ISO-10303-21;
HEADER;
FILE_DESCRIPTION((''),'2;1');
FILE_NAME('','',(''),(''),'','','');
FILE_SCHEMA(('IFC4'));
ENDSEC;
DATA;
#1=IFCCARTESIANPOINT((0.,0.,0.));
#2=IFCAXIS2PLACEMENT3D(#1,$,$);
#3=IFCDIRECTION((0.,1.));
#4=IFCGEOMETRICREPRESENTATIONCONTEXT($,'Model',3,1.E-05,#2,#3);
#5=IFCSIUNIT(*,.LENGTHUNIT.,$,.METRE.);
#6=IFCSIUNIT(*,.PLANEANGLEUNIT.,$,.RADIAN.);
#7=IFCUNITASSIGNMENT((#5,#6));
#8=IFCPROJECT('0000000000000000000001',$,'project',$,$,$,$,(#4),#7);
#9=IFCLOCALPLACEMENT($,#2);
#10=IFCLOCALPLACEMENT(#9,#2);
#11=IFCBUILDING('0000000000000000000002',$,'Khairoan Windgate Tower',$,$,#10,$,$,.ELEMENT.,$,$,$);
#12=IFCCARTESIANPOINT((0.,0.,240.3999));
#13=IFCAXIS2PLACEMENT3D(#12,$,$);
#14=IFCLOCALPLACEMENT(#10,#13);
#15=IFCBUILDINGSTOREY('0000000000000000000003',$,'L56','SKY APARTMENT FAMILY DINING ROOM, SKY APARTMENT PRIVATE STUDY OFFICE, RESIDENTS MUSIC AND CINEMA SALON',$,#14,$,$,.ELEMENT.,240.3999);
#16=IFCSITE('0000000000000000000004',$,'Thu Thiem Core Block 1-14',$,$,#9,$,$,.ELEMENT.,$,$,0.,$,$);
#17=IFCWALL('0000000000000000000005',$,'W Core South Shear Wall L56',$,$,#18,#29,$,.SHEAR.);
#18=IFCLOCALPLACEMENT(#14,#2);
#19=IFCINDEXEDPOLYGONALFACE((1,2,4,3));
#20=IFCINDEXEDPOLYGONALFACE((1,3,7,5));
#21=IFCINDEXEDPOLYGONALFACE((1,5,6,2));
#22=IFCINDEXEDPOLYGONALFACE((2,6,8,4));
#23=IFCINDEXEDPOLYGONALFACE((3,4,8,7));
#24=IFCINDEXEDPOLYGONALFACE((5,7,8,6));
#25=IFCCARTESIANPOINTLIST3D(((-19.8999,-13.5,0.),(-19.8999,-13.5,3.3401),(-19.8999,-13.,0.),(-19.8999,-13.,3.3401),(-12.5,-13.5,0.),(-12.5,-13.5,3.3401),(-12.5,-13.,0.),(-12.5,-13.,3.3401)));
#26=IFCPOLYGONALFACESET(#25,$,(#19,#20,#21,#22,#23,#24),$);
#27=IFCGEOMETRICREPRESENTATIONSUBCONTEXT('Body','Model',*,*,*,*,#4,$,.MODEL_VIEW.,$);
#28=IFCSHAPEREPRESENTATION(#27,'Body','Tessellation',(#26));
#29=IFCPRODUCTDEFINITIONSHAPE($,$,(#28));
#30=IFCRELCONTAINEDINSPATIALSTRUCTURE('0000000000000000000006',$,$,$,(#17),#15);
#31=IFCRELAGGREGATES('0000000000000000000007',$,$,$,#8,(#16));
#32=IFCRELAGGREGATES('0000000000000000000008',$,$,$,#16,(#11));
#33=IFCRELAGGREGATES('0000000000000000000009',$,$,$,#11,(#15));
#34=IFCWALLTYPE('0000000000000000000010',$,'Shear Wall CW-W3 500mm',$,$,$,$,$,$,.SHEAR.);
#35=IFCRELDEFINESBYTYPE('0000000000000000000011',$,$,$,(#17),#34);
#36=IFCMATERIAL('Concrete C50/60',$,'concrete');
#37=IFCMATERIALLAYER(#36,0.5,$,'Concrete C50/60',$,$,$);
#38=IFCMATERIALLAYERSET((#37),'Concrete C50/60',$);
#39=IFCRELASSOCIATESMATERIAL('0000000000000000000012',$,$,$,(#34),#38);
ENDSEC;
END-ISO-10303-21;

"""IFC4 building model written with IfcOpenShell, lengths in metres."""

from ifc_helpers import new_model, si_unit, direction, frame, frame_2d, origin, place, context, subcontext, project, spatial, rectangle, extrude, material, layer, layer_set, type_object, element, save


model = new_model("IFC4")

# Units and contexts
model_context = context("Model", 3, precision=1e-05, world=origin(), true_north=direction((0.0, 1.0)))
body_context = subcontext(model_context, "Body", "Model", "MODEL_VIEW")
ifc_project = project(units=[si_unit("LENGTHUNIT", "METRE"), si_unit("PLANEANGLEUNIT", "RADIAN")], contexts=[model_context])

# Site, building, storey
site_placement = place(None, origin())
site = spatial("IfcSite", under=ifc_project, at=site_placement, Name="Thu Thiem Core Block 1-14", CompositionType="ELEMENT", RefElevation=0.0)
building_placement = place(site_placement, origin())
building = spatial("IfcBuilding", under=site, at=building_placement, Name="Khairoan Windgate Tower", CompositionType="ELEMENT")
storey_placement = place(building_placement, frame((0.0, 0.0, 240.3999)))
storey = spatial("IfcBuildingStorey", under=building, at=storey_placement, Name="L56", Description="SKY APARTMENT FAMILY DINING ROOM, SKY APARTMENT PRIVATE STUDY OFFICE, RESIDENTS MUSIC AND CINEMA SALON", CompositionType="ELEMENT", Elevation=240.3999)

# Wall
ifc_material_1 = material(Name="Concrete C50/60", Category="concrete")
ifc_layer_1 = layer(ifc_material_1, 0.5, Name="Concrete C50/60")
ifc_layer_set_1 = layer_set([ifc_layer_1], Name="Concrete C50/60")
wall_type_1 = type_object("IfcWallType", Name="Shear Wall CW-W3 500mm", PredefinedType="SHEAR", material=ifc_layer_set_1)
wall_1_placement = place(storey_placement, frame((-19.8999, -13.25, 0.0), z_axis=(0.0, 0.0, 1.0), x_axis=(1.0, 0.0, 0.0)))
element("IfcWall", 1, at=wall_1_placement, inside=storey, type_object=wall_type_1, Name="W Core South Shear Wall L56", PredefinedType="SHEAR", context=body_context, shape_type="SweptSolid", body=[
    extrude(rectangle(XDim=7.3999, YDim=0.5, at=frame_2d((3.7, 0.0))), origin(), (0.0, 0.0, 1.0), 3.3401),
])

save(model, "model.ifc")
